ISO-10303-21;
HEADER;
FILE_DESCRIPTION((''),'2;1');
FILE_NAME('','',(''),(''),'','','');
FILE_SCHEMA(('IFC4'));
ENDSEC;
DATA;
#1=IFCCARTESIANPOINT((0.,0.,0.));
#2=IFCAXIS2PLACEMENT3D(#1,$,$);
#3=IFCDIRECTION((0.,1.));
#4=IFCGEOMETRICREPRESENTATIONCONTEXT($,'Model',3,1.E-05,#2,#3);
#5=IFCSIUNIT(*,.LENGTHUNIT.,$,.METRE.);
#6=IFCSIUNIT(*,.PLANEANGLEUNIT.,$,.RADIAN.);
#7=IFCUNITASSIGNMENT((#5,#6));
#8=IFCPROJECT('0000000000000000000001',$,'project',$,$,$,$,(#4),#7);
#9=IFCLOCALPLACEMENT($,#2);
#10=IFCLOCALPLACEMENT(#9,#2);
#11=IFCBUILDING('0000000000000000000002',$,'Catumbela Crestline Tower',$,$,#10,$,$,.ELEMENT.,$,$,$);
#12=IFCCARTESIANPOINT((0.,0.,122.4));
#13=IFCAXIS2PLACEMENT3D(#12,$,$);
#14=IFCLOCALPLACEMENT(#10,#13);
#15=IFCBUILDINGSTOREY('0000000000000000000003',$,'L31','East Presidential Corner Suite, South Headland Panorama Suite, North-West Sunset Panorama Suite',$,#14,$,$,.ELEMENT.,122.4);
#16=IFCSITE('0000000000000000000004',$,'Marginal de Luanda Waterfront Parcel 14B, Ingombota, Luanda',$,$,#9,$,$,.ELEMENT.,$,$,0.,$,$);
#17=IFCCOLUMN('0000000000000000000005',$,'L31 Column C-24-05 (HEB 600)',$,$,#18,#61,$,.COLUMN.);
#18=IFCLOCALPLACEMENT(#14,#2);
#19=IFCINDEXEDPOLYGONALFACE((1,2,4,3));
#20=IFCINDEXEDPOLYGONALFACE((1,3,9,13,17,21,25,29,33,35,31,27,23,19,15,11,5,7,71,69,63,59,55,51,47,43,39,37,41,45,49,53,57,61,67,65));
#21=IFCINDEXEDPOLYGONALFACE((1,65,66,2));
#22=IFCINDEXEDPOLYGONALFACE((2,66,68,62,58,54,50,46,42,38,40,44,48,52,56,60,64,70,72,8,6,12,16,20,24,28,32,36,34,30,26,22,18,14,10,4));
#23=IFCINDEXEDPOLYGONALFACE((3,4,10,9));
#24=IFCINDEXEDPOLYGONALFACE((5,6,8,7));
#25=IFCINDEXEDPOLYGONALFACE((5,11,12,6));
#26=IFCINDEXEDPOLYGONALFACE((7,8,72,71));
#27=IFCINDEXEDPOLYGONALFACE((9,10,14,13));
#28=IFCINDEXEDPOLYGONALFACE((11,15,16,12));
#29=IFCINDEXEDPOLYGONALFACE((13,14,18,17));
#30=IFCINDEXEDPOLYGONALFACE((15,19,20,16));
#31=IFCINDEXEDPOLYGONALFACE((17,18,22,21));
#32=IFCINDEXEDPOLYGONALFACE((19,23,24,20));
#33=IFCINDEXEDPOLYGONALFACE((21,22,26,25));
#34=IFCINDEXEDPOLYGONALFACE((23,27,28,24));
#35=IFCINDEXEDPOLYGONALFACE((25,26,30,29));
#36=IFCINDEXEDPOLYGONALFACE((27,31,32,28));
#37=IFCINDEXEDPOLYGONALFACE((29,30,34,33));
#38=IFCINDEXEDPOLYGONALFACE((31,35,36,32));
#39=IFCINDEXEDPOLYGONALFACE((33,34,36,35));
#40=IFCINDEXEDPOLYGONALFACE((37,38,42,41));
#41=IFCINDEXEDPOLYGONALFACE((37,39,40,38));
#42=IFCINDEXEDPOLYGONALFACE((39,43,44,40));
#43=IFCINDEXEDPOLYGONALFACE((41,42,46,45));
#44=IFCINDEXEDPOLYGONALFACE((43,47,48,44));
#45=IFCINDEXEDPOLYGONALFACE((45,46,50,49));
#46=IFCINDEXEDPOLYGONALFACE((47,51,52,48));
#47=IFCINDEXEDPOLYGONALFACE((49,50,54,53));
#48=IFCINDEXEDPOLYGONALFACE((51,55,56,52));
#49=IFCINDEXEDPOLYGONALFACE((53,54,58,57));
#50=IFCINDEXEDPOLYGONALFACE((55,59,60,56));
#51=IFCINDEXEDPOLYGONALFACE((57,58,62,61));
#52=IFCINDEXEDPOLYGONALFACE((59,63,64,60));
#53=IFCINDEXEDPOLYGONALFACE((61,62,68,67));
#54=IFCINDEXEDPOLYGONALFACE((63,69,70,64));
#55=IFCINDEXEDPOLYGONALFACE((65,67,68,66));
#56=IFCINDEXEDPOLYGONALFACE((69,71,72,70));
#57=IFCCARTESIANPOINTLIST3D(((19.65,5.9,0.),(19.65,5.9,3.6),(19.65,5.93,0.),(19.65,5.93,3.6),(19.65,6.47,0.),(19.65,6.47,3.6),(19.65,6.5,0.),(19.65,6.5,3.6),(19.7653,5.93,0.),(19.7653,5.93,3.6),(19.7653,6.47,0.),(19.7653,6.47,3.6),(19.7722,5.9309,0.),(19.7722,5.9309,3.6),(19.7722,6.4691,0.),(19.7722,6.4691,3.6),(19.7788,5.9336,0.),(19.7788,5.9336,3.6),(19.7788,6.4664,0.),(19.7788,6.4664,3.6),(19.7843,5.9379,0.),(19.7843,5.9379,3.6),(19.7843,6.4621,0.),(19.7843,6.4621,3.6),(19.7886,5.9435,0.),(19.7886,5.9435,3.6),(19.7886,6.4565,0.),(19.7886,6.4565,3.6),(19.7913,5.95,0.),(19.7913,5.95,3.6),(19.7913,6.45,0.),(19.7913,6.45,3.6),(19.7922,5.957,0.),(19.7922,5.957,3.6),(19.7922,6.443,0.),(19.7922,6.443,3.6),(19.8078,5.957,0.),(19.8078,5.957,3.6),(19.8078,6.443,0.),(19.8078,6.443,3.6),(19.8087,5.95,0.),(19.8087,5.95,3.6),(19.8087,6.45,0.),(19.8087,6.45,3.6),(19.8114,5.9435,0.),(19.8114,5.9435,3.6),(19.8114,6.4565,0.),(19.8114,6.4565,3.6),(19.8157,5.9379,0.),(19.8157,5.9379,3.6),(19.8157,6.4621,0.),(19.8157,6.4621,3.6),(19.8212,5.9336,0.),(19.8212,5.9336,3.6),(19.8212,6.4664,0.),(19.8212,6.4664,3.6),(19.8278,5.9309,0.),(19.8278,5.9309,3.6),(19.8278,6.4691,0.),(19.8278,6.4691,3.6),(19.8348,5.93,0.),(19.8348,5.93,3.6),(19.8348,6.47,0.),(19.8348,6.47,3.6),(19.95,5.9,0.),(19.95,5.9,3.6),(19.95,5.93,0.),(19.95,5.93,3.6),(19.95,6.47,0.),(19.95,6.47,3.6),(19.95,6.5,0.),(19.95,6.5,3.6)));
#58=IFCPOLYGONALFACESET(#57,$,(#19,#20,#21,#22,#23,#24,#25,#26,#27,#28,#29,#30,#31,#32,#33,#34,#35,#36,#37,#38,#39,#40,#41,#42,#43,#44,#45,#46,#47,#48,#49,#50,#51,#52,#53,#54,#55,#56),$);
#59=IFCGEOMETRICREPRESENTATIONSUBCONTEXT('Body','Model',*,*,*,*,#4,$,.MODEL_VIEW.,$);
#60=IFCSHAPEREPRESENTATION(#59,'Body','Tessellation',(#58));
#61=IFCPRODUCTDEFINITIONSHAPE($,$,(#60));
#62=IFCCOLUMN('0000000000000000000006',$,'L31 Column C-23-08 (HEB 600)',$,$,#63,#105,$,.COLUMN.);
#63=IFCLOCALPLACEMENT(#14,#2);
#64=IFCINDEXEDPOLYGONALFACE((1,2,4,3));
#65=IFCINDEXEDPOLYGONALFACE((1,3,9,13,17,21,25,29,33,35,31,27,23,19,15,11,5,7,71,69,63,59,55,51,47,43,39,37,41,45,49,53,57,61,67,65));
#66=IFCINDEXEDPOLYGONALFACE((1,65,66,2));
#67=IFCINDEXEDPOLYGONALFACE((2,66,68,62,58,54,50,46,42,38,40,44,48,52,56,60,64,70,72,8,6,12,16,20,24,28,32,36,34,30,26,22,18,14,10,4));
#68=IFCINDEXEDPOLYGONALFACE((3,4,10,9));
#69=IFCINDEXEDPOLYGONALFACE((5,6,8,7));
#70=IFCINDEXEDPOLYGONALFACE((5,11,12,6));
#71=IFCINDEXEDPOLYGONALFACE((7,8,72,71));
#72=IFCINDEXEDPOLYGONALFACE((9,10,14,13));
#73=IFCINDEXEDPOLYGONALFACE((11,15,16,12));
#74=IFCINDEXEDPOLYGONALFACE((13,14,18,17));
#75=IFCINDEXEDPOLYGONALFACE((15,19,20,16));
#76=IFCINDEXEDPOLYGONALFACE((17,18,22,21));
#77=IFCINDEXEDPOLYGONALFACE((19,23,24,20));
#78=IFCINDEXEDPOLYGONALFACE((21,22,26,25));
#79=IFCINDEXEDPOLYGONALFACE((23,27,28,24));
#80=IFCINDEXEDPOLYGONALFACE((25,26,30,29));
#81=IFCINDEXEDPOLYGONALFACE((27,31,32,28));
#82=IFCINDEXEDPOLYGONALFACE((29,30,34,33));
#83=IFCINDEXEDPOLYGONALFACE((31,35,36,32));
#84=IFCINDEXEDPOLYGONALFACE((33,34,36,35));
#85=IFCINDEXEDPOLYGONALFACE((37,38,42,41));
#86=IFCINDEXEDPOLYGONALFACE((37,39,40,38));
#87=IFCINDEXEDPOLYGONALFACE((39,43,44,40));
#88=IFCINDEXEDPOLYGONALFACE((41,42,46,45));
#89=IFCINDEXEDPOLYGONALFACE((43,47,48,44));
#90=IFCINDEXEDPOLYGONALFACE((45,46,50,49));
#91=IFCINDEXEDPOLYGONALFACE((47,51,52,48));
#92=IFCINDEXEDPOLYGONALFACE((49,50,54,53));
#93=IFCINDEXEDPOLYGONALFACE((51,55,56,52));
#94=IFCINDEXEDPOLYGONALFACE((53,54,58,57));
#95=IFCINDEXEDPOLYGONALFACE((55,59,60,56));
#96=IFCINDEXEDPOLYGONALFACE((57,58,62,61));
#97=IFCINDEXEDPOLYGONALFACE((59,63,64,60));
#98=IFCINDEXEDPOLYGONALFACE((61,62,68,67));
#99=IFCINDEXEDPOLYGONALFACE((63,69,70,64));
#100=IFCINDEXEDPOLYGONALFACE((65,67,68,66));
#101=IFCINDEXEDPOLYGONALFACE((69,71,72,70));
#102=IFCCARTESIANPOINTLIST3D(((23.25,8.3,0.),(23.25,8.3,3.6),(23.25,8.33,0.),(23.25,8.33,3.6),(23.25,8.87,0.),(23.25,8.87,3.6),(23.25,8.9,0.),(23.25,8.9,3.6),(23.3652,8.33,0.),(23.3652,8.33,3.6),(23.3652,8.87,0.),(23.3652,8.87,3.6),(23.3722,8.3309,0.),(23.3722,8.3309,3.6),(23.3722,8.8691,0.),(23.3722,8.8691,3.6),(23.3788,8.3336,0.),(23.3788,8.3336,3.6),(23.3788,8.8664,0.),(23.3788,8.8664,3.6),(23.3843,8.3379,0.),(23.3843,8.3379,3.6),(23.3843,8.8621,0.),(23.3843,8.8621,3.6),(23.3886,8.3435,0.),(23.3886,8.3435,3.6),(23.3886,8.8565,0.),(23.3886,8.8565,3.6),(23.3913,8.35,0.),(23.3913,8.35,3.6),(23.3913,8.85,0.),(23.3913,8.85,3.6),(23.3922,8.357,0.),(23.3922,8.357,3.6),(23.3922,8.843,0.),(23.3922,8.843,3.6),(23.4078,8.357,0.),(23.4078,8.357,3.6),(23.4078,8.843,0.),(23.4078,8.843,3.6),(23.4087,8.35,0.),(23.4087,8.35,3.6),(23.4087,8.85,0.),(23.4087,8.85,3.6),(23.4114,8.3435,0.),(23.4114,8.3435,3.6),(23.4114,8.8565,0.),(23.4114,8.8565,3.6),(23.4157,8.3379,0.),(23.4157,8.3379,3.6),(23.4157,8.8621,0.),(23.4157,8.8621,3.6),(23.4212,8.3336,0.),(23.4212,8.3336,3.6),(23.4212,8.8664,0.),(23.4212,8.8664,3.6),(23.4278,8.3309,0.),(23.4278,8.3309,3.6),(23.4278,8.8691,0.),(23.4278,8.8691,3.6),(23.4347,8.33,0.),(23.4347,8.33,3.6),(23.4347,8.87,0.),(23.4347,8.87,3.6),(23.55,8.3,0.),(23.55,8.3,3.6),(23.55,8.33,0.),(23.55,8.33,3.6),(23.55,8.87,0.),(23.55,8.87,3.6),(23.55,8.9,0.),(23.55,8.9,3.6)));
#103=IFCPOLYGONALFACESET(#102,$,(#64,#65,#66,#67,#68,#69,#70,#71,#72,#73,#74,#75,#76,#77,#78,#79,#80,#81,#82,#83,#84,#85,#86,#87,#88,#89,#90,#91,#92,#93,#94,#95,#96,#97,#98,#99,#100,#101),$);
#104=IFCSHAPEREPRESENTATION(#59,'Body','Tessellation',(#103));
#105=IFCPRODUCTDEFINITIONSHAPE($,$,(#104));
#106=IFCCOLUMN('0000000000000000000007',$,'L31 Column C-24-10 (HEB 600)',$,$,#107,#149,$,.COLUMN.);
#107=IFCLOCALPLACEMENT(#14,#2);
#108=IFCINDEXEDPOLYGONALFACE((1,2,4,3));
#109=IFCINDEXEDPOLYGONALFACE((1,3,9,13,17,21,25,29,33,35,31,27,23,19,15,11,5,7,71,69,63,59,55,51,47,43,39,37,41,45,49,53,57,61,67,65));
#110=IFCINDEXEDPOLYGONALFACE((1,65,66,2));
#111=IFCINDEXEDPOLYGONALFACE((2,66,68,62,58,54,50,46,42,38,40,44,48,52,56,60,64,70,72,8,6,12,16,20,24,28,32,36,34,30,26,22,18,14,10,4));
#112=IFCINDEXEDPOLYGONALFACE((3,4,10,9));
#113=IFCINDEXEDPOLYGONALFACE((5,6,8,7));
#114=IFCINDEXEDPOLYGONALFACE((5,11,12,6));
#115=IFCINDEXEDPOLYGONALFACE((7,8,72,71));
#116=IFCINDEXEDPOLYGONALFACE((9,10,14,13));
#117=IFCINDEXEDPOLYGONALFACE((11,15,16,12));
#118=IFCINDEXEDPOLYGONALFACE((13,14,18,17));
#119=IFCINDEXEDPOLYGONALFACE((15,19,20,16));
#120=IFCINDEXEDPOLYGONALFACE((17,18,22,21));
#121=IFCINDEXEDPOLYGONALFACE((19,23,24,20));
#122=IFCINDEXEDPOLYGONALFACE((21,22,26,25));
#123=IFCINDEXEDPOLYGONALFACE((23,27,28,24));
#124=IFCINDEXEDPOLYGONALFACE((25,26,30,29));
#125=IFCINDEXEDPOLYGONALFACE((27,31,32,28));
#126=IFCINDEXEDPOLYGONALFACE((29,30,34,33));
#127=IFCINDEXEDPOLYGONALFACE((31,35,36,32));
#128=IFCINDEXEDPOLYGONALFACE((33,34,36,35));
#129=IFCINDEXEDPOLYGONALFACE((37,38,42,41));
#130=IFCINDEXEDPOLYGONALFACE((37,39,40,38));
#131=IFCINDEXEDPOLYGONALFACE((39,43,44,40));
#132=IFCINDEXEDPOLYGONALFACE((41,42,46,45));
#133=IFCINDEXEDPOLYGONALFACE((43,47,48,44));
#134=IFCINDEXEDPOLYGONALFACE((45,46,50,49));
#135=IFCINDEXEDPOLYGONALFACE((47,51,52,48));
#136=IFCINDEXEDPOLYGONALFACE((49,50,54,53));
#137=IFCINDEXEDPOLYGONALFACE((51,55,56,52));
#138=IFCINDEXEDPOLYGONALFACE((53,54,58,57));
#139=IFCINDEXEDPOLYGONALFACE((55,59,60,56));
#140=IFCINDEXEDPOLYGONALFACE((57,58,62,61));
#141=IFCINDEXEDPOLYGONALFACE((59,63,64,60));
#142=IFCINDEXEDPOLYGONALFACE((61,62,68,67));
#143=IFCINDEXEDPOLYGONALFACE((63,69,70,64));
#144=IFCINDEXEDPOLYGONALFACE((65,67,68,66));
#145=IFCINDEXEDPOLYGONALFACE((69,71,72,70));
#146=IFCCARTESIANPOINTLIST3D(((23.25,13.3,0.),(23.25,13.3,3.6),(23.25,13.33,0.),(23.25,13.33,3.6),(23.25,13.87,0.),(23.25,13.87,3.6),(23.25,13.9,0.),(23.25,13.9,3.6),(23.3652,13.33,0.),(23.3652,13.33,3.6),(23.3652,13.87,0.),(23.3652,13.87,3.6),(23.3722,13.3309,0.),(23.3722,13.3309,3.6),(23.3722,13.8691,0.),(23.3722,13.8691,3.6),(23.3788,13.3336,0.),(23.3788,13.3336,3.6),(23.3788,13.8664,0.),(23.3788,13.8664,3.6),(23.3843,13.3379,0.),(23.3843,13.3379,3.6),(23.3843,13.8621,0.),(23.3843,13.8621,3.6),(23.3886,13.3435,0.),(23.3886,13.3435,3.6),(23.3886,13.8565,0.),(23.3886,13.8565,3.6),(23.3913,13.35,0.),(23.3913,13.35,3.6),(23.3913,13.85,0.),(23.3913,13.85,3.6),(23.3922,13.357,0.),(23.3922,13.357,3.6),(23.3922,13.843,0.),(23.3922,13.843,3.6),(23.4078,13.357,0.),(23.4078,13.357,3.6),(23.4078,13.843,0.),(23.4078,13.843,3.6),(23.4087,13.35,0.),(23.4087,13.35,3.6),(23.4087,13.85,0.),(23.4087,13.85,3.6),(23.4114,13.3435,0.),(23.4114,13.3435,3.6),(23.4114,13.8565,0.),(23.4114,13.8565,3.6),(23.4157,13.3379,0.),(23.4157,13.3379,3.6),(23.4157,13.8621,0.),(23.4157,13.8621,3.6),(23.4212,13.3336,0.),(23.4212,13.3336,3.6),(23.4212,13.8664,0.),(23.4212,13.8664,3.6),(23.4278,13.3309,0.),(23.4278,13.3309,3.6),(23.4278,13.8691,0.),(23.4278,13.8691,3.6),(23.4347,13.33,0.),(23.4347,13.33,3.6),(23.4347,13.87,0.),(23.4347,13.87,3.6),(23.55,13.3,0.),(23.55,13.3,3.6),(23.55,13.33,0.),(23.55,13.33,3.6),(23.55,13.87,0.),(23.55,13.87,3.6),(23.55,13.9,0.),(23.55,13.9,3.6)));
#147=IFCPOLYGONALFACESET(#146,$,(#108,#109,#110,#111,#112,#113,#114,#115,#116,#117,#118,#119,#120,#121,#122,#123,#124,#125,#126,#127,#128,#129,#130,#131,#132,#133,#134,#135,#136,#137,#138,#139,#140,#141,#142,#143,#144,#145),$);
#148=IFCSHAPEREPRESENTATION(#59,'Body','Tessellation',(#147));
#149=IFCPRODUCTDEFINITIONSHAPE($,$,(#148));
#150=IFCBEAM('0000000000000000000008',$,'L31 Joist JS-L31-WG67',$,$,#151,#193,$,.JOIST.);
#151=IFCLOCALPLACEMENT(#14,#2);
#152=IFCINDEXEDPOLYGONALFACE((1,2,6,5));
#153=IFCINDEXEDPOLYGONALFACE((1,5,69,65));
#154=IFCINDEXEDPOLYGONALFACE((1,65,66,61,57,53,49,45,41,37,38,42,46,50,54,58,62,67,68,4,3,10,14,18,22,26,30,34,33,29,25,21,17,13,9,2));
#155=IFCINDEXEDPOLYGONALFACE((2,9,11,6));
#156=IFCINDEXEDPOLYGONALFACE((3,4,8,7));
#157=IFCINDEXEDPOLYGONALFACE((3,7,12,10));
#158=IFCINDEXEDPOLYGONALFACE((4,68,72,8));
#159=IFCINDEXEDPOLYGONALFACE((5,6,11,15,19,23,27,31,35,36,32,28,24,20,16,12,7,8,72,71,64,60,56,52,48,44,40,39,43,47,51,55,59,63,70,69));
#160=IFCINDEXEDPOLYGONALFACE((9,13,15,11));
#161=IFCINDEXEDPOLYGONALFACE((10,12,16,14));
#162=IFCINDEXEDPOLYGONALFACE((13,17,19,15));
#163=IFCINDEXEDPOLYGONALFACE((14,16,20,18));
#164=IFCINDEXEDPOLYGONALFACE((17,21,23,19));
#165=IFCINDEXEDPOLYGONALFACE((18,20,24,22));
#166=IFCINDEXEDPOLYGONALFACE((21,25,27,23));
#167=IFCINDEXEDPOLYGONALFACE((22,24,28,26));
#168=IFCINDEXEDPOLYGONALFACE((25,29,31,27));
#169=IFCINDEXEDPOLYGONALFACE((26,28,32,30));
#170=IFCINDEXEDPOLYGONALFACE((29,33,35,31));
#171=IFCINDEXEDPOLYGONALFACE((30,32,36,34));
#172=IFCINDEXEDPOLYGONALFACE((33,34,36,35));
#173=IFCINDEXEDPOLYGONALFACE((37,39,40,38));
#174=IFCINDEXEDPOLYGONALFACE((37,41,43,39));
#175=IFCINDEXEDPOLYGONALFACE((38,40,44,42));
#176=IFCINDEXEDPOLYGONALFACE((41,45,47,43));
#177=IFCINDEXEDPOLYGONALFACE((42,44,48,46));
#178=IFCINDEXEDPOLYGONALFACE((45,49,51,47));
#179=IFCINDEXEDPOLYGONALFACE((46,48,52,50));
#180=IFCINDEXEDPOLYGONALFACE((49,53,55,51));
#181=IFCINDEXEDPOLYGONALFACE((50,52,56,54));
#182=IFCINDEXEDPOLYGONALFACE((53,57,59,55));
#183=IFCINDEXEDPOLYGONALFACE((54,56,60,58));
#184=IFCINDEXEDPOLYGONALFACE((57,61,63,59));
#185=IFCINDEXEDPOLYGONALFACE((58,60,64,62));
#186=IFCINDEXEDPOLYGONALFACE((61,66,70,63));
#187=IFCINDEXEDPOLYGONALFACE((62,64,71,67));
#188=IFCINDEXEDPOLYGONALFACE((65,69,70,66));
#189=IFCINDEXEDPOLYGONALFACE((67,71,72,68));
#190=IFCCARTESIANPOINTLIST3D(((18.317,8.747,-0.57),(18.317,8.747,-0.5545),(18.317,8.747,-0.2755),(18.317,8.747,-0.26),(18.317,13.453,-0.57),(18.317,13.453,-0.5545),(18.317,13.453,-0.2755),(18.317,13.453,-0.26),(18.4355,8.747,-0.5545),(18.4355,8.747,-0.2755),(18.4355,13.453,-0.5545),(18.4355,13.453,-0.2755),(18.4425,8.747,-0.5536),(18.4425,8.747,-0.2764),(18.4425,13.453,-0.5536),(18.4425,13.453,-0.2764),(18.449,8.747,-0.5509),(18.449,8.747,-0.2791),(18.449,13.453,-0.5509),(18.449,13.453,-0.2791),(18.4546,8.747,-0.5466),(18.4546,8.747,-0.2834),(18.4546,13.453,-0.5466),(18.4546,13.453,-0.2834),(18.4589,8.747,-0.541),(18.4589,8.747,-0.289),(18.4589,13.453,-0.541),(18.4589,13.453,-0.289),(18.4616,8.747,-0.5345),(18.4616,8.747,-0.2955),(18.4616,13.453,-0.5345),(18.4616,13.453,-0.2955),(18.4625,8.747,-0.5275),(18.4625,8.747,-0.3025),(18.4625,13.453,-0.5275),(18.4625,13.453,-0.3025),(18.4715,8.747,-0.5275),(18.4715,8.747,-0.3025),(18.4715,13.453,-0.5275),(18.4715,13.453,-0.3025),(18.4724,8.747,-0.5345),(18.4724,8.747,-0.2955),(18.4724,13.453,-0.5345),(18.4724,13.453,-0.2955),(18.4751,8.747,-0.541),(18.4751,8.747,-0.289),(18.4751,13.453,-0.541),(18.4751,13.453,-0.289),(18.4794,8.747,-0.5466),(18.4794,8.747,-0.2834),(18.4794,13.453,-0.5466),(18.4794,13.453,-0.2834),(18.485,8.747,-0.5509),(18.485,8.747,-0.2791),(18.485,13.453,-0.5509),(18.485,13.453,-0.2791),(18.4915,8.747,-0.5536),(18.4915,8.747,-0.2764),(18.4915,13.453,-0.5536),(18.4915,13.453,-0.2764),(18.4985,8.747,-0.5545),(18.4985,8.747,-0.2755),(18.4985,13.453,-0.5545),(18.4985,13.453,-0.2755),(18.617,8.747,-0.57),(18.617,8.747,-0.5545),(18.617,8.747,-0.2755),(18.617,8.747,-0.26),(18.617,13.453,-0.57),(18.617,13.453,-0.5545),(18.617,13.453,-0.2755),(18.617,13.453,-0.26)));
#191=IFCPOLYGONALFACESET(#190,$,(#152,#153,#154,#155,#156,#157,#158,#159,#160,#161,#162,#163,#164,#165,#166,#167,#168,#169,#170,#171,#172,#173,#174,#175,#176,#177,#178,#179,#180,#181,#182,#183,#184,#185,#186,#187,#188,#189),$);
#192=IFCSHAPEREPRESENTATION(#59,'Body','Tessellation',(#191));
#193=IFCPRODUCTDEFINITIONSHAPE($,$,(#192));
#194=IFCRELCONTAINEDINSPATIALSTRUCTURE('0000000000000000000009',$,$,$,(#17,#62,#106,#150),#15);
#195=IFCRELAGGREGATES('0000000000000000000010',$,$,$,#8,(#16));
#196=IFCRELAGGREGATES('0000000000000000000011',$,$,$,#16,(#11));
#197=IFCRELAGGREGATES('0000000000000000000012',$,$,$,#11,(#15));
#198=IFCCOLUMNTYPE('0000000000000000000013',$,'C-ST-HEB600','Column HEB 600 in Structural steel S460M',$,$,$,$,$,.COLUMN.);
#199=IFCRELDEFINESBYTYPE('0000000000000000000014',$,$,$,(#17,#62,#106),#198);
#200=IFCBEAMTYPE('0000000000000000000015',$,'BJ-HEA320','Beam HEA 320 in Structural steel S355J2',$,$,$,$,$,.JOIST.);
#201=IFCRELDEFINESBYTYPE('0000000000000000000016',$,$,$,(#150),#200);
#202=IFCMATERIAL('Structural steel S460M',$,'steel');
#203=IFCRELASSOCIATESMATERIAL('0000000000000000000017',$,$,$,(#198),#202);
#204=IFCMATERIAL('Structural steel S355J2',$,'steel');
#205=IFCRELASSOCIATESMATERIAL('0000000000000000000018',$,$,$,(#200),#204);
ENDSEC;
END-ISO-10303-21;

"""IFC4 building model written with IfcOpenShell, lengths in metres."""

from ifc_helpers import new_model, si_unit, direction, frame, origin, origin_2d, place, context, subcontext, project, spatial, i_section, extrude, material, material_profile, profile_set, type_object, element, save


model = new_model("IFC4")

# Units and contexts
model_context = context("Model", 3, precision=1e-05, world=origin(), true_north=direction((0.0, 1.0)))
body_context = subcontext(model_context, "Body", "Model", "MODEL_VIEW")
ifc_project = project(units=[si_unit("LENGTHUNIT", "METRE"), si_unit("PLANEANGLEUNIT", "RADIAN")], contexts=[model_context])

# Site, building, storey
site_placement = place(None, origin())
site = spatial("IfcSite", under=ifc_project, at=site_placement, Name="Marginal de Luanda Waterfront Parcel 14B, Ingombota, Luanda", CompositionType="ELEMENT", RefElevation=0.0)
building_placement = place(site_placement, origin())
building = spatial("IfcBuilding", under=site, at=building_placement, Name="Catumbela Crestline Tower", CompositionType="ELEMENT")
storey_placement = place(building_placement, frame((0.0, 0.0, 122.4)))
storey = spatial("IfcBuildingStorey", under=building, at=storey_placement, Name="L31", Description="East Presidential Corner Suite, South Headland Panorama Suite, North-West Sunset Panorama Suite", CompositionType="ELEMENT", Elevation=122.4)

# Columns
ifc_material_1 = material(Name="Structural steel S460M", Category="steel")
ifc_material_profile_1 = material_profile(ifc_material_1, i_section(OverallWidth=0.3, OverallDepth=0.6, WebThickness=0.0155, FlangeThickness=0.03, FilletRadius=0.027, at=origin_2d()), Name="HEB 600")
ifc_profile_set_1 = profile_set([ifc_material_profile_1], Name="Structural steel S460M")
column_type = type_object("IfcColumnType", Name="C-ST-HEB600", Description="Column HEB 600 in Structural steel S460M", PredefinedType="COLUMN", material=ifc_profile_set_1)
for number, where, z_axis, x_axis, name in (
    (1, (19.8, 6.2, 0.0), (0.0, 0.0, 1.0), (1.0, 0.0, 0.0), "L31 Column C-24-05 (HEB 600)"),
    (2, (23.4, 8.6, 0.0), (0.0, 0.0, 1.0), (1.0, 0.0, 0.0), "L31 Column C-23-08 (HEB 600)"),
    (3, (23.4, 13.6, 0.0), (0.0, 0.0, 1.0), (1.0, 0.0, 0.0), "L31 Column C-24-10 (HEB 600)"),
):
    element("IfcColumn", number, at=place(storey_placement, frame(where, z_axis=z_axis, x_axis=x_axis)), inside=storey, type_object=column_type, Name=name, PredefinedType="COLUMN", context=body_context, shape_type="SweptSolid", body=[
        extrude(i_section(OverallWidth=0.3, OverallDepth=0.6, WebThickness=0.0155, FlangeThickness=0.03, FilletRadius=0.027, at=origin_2d()), origin(), (0.0, 0.0, 1.0), 3.6),
    ])

# Beam
ifc_material_2 = material(Name="Structural steel S355J2", Category="steel")
ifc_material_profile_2 = material_profile(ifc_material_2, i_section(OverallWidth=0.3, OverallDepth=0.31, WebThickness=0.009, FlangeThickness=0.0155, FilletRadius=0.027, at=origin_2d()), Name="HEA 320")
ifc_profile_set_2 = profile_set([ifc_material_profile_2], Name="Structural steel S355J2")
beam_type_1 = type_object("IfcBeamType", Name="BJ-HEA320", Description="Beam HEA 320 in Structural steel S355J2", PredefinedType="JOIST", material=ifc_profile_set_2)
for number, where, z_axis, x_axis, name in (
    (4, (18.467, 8.747, -0.415), (0.0, 1.0, 0.0), (-1.0, 0.0, 0.0), "L31 Joist JS-L31-WG67"),
):
    element("IfcBeam", number, at=place(storey_placement, frame(where, z_axis=z_axis, x_axis=x_axis)), inside=storey, type_object=beam_type_1, Name=name, PredefinedType="JOIST", context=body_context, shape_type="SweptSolid", body=[
        extrude(i_section(OverallWidth=0.3, OverallDepth=0.31, WebThickness=0.009, FlangeThickness=0.0155, FilletRadius=0.027, at=origin_2d()), origin(), (0.0, 0.0, 1.0), 4.706),
    ])

save(model, "model.ifc")
